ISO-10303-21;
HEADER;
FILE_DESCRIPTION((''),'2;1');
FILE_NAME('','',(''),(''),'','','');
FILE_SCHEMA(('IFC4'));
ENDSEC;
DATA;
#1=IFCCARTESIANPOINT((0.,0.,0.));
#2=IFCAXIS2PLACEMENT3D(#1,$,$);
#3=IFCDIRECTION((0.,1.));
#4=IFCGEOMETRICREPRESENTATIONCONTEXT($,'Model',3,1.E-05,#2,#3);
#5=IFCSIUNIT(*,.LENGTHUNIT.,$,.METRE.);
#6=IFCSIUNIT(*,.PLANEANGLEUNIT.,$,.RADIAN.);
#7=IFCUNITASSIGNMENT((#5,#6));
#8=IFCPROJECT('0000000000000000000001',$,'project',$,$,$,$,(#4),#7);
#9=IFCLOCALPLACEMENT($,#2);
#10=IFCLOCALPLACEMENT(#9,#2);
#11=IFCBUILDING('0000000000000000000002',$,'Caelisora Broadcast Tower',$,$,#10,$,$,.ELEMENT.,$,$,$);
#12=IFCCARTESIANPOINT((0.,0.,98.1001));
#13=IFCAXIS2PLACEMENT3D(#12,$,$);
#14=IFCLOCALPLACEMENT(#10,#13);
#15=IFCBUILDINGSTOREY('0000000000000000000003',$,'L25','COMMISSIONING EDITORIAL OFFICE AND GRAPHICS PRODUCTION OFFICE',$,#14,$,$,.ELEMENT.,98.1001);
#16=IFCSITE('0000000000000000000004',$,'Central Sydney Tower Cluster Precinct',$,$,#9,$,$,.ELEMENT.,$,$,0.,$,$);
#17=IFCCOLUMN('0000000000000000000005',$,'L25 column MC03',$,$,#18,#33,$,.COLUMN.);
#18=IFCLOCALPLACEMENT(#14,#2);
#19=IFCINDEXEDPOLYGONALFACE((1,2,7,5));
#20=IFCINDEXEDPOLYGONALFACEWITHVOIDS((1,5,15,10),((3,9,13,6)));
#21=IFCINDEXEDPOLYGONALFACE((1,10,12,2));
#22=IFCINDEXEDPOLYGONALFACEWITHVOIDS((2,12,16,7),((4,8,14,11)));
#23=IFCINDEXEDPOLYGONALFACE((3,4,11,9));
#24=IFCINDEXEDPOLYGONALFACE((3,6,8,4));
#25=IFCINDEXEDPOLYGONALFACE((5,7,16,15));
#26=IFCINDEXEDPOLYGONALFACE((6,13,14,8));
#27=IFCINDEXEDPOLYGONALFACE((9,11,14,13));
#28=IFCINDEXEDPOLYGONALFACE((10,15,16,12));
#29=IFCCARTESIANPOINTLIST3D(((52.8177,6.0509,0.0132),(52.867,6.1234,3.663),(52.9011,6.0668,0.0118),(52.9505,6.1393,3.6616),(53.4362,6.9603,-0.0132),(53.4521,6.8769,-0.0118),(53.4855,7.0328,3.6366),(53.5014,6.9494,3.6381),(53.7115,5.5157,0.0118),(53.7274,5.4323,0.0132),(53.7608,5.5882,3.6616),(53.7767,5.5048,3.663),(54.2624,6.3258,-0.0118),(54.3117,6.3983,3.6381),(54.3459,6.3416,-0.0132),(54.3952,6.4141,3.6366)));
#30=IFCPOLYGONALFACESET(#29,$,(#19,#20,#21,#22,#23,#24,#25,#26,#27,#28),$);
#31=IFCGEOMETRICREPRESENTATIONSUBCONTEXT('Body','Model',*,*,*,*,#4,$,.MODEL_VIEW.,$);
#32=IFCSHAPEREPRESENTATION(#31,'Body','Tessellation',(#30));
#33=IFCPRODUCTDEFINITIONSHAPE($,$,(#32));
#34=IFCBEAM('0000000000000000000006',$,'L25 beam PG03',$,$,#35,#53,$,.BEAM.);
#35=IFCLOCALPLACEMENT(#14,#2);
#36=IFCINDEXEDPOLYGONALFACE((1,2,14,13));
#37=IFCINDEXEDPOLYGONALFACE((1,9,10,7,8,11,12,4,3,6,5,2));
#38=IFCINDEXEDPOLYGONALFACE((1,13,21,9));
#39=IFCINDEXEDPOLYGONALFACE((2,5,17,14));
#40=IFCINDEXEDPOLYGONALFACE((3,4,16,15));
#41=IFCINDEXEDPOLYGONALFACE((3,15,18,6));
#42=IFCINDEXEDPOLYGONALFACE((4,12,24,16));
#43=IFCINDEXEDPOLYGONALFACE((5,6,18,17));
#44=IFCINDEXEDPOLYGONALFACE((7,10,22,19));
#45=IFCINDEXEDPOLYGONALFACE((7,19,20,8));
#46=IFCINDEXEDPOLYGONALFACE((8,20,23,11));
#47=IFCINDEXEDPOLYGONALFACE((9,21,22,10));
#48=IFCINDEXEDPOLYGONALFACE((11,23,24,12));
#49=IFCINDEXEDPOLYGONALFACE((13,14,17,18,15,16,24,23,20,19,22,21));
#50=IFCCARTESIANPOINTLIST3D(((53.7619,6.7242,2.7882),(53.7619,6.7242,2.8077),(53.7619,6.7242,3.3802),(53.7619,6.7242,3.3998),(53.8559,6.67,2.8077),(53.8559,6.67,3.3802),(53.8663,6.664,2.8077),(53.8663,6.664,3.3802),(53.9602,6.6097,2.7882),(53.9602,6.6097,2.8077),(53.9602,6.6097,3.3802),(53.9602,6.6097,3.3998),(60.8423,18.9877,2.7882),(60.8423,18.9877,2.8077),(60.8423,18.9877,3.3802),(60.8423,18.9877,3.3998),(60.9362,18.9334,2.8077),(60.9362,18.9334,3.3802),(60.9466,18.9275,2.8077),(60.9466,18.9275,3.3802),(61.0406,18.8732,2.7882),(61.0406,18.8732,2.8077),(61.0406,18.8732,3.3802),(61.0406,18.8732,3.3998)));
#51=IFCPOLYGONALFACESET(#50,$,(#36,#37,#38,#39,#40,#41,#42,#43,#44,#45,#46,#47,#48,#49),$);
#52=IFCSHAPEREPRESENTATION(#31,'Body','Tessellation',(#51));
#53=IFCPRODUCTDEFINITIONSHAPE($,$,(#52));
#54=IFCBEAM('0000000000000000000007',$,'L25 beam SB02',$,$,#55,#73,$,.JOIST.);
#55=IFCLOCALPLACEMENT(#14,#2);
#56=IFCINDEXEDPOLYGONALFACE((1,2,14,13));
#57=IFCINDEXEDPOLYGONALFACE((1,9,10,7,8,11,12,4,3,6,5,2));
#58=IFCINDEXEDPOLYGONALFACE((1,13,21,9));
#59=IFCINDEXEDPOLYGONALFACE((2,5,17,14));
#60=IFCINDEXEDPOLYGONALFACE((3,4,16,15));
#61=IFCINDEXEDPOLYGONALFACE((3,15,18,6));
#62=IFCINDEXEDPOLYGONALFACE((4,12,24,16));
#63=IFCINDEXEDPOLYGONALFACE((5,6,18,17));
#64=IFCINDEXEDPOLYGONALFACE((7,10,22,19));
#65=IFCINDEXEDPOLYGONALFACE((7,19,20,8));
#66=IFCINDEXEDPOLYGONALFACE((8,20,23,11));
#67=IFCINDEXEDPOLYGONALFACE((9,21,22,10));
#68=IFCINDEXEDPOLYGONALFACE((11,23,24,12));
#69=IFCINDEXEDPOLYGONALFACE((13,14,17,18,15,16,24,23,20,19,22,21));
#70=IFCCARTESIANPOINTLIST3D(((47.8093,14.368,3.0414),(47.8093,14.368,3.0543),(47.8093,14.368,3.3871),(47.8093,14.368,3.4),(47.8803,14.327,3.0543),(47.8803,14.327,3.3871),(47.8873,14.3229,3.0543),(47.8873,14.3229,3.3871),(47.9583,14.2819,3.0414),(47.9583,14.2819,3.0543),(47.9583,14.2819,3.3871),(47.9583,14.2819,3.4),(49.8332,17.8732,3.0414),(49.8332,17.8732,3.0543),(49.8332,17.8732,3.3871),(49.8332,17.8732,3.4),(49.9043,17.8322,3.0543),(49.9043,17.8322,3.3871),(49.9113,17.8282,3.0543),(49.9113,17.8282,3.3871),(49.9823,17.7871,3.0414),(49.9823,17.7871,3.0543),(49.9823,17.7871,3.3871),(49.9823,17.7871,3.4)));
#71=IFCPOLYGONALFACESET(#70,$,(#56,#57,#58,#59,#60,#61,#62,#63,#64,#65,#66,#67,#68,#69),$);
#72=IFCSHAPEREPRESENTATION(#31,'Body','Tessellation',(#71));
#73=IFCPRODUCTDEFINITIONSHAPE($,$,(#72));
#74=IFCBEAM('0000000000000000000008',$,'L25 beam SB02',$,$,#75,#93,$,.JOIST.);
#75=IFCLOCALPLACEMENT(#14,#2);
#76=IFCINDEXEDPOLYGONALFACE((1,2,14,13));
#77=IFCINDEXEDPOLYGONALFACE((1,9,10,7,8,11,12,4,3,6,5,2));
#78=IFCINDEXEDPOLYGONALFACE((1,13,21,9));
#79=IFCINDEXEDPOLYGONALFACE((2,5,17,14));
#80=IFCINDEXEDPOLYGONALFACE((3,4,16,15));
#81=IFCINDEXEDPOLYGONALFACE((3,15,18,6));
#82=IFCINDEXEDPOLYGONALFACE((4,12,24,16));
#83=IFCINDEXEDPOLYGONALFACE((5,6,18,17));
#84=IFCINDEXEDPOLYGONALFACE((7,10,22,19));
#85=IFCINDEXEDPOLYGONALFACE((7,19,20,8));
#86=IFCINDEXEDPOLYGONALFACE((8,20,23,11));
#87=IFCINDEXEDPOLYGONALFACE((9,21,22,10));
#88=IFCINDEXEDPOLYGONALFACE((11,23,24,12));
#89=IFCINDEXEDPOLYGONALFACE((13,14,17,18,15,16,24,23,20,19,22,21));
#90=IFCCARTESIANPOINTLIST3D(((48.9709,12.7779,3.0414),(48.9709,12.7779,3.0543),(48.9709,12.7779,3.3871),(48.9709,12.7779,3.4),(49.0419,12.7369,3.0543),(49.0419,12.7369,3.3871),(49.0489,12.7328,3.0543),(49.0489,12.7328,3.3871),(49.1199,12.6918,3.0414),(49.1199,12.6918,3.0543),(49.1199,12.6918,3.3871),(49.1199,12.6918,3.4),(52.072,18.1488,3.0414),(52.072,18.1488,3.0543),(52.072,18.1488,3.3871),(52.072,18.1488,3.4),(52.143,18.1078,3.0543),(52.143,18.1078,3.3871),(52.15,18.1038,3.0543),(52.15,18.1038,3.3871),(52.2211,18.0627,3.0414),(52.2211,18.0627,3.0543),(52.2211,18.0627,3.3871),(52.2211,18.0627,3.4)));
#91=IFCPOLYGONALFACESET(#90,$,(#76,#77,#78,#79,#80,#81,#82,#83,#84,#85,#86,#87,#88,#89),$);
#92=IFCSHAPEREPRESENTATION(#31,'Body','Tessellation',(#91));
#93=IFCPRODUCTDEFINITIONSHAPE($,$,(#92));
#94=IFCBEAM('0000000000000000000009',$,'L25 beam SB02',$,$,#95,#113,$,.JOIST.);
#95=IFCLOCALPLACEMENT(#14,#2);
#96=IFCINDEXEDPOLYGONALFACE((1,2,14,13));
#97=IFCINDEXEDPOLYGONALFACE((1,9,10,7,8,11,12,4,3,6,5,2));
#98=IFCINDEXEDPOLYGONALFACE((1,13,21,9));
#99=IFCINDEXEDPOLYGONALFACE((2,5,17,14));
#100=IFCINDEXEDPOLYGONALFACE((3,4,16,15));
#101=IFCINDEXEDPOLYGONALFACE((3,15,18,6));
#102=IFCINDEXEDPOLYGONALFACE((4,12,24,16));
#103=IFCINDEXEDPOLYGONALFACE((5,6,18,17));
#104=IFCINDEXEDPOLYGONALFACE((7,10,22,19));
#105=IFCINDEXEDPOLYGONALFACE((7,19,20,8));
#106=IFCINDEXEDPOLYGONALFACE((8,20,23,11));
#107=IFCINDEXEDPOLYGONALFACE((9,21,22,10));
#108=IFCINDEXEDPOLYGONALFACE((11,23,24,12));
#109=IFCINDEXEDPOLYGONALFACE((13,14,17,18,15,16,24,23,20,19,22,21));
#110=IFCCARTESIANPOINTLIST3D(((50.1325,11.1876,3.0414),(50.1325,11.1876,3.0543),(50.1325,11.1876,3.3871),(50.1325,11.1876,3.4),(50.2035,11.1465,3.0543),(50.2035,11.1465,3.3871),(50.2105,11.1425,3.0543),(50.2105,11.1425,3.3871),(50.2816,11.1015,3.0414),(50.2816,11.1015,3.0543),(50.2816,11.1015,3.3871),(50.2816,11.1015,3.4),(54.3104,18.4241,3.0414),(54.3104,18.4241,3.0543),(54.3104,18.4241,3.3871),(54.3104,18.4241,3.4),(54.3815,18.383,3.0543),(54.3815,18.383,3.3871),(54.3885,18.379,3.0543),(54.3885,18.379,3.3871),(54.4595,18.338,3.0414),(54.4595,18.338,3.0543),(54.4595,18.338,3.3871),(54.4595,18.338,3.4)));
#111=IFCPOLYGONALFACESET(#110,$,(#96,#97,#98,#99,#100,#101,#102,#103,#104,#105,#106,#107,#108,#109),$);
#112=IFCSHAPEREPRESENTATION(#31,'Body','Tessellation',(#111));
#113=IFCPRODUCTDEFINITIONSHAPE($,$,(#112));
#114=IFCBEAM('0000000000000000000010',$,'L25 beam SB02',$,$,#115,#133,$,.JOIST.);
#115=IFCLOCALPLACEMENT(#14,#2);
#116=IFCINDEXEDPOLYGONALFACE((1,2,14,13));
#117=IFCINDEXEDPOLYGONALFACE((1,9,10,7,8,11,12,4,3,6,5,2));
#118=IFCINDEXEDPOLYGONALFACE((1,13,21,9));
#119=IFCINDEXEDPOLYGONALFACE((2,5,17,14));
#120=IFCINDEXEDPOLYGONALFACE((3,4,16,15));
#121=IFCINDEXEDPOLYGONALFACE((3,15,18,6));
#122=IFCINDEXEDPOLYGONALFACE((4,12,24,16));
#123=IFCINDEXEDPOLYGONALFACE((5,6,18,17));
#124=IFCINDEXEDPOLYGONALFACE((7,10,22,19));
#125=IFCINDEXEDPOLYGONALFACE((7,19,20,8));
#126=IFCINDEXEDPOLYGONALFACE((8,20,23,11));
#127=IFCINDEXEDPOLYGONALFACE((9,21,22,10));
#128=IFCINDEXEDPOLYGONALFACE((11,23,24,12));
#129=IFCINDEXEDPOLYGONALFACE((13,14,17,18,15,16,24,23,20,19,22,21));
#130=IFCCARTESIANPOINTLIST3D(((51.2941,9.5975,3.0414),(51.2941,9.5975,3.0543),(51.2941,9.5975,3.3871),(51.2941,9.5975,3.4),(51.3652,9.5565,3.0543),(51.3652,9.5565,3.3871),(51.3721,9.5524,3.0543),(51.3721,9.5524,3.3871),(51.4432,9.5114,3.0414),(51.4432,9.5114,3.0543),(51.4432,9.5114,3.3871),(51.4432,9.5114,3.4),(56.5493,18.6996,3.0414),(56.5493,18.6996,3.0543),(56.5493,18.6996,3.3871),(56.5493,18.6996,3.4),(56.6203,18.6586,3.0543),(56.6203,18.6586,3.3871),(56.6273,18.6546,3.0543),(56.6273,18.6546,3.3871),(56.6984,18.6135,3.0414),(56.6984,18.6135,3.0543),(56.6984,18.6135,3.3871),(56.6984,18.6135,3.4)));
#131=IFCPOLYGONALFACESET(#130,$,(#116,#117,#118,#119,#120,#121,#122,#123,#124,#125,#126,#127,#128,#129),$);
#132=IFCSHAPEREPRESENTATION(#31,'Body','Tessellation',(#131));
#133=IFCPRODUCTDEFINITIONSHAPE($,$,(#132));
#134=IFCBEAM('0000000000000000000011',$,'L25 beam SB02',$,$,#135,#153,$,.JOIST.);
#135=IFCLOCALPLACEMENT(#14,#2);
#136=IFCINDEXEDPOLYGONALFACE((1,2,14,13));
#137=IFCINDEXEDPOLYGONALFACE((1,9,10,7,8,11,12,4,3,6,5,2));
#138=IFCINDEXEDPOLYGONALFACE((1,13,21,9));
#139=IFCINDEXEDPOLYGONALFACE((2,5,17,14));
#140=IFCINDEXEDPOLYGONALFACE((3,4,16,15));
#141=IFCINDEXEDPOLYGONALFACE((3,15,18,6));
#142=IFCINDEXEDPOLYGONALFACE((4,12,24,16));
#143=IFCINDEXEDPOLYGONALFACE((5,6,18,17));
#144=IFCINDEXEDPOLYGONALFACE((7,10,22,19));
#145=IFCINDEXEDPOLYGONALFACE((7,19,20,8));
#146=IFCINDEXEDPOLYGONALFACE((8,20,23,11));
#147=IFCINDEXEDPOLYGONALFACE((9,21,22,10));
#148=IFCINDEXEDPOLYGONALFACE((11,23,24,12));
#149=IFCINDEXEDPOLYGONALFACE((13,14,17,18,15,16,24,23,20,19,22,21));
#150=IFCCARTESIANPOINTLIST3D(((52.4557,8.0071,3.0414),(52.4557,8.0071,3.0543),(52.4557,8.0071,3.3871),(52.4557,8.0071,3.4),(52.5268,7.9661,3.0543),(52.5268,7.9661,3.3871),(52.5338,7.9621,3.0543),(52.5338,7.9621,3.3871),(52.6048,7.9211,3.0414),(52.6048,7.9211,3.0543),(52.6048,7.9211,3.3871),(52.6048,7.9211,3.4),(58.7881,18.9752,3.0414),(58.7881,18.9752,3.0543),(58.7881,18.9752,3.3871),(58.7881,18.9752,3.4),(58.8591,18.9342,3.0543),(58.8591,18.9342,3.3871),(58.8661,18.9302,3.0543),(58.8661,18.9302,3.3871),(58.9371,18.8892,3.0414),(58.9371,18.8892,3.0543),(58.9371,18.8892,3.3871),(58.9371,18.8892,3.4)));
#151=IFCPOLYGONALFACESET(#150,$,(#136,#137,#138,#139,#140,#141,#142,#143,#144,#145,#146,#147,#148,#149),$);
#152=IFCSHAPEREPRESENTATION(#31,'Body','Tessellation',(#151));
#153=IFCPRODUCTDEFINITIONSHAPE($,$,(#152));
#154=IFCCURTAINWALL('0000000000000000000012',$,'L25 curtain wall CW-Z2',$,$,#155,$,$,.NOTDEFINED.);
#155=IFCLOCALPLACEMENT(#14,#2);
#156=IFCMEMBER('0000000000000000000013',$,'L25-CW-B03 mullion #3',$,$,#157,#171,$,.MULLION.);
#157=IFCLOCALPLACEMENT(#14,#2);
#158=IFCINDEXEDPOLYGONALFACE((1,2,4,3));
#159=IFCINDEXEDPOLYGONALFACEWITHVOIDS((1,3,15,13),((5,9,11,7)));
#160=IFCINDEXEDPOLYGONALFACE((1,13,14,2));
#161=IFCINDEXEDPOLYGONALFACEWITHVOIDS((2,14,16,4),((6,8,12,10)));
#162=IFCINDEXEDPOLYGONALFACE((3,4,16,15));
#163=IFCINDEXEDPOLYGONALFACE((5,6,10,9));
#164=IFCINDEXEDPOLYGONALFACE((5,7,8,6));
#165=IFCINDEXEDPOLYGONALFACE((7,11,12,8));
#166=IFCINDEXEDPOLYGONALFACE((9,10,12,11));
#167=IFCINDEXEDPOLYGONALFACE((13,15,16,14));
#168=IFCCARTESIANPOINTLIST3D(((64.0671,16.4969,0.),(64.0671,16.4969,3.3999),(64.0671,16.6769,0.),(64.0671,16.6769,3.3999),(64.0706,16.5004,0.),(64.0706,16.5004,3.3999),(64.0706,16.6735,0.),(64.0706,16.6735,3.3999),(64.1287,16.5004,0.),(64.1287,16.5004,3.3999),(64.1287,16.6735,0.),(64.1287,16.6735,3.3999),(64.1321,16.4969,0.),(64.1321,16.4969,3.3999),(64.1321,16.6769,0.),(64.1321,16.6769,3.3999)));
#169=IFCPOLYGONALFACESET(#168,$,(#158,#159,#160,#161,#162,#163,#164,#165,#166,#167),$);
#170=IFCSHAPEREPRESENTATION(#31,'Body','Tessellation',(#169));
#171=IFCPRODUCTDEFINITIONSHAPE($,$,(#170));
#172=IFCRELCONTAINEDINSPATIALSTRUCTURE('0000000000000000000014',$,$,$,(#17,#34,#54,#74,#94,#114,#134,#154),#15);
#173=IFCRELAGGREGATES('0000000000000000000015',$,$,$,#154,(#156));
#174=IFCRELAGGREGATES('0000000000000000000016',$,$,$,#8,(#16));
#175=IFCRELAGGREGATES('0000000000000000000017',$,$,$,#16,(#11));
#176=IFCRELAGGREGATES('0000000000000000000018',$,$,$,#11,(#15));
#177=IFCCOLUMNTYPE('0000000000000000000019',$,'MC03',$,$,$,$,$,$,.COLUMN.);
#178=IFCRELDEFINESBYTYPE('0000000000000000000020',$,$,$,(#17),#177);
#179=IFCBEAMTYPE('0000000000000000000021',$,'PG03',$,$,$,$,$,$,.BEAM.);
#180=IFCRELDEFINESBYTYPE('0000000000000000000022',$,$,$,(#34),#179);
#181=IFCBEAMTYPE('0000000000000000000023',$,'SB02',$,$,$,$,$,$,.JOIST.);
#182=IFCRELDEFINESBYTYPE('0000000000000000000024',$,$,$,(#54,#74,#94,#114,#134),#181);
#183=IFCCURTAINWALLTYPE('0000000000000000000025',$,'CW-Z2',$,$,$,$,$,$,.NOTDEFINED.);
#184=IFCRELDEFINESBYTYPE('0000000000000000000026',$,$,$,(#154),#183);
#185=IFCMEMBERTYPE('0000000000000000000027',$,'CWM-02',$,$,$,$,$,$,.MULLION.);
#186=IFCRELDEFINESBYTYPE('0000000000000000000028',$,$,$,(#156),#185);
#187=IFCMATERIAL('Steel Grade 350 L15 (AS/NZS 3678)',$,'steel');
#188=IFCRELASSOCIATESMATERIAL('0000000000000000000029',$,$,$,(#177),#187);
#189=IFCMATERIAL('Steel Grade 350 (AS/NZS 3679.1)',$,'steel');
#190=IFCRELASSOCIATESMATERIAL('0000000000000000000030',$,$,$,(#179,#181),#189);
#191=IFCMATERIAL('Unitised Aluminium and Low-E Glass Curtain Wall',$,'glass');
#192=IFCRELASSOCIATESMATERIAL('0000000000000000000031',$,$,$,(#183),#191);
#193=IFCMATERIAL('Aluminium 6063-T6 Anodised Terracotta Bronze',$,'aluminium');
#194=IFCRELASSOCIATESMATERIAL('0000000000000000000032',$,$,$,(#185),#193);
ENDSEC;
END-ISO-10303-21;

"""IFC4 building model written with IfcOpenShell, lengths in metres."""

from ifc_helpers import new_model, si_unit, direction, frame, origin, origin_2d, place, context, subcontext, project, spatial, hollow_rectangle, i_section, extrude, source, transform, mapped, material, material_profile, profile_set, type_object, type_shapes, element, aggregate, save


model = new_model("IFC4")

# Units and contexts
model_context = context("Model", 3, precision=1e-05, world=origin(), true_north=direction((0.0, 1.0)))
body_context = subcontext(model_context, "Body", "Model", "MODEL_VIEW")
ifc_project = project(units=[si_unit("LENGTHUNIT", "METRE"), si_unit("PLANEANGLEUNIT", "RADIAN")], contexts=[model_context])

# Site, building, storey
site_placement = place(None, origin())
site = spatial("IfcSite", under=ifc_project, at=site_placement, Name="Central Sydney Tower Cluster Precinct", CompositionType="ELEMENT", RefElevation=0.0)
building_placement = place(site_placement, origin())
building = spatial("IfcBuilding", under=site, at=building_placement, Name="Caelisora Broadcast Tower", CompositionType="ELEMENT")
storey_placement = place(building_placement, frame((0.0, 0.0, 98.1001)))
storey = spatial("IfcBuildingStorey", under=building, at=storey_placement, Name="L25", Description="COMMISSIONING EDITORIAL OFFICE AND GRAPHICS PRODUCTION OFFICE", CompositionType="ELEMENT", Elevation=98.1001)

# Column
ifc_material_1 = material(Name="Steel Grade 350 L15 (AS/NZS 3678)", Category="steel")
ifc_material_profile_1 = material_profile(ifc_material_1, hollow_rectangle(XDim=1.1001, YDim=1.1001, WallThickness=0.0601, at=origin_2d()), Name="Steel Grade 350 L15 (AS/NZS 3678)")
ifc_profile_set_1 = profile_set([ifc_material_profile_1], Name="Steel Grade 350 L15 (AS/NZS 3678)")
column_type = type_object("IfcColumnType", Name="MC03", PredefinedType="COLUMN", material=ifc_profile_set_1)
shared_shape_1 = source(origin(), body_context, "Body", "SweptSolid", [
    extrude(hollow_rectangle(XDim=1.1001, YDim=1.1001, WallThickness=0.0601, at=origin_2d()), origin(), (0.0, 0.0, 1.0), 3.6509),
])
type_shapes(column_type, [shared_shape_1])
column_placement = place(storey_placement, frame((53.5818, 6.1963, 0.0), z_axis=(0.013508, 0.01986, 0.999712), x_axis=(-0.826875, 0.562386, 0.0)))
element("IfcColumn", 1, at=column_placement, inside=storey, type_object=column_type, Name="L25 column MC03", PredefinedType="COLUMN", context=body_context, shape_type="MappedRepresentation", body=[
    mapped(shared_shape_1, transform((0.0, 0.0, 0.0), scale=1.0)),
])

# Beams
ifc_material_2 = material(Name="Steel Grade 350 (AS/NZS 3679.1)", Category="steel")
ifc_material_profile_2 = material_profile(ifc_material_2, i_section(OverallWidth=0.229, OverallDepth=0.6116, WebThickness=0.012, FlangeThickness=0.0195, at=origin_2d()), Name="Steel Grade 350 (AS/NZS 3679.1)")
ifc_profile_set_2 = profile_set([ifc_material_profile_2], Name="Steel Grade 350 (AS/NZS 3679.1)")
beam_type_1 = type_object("IfcBeamType", Name="PG03", PredefinedType="BEAM", material=ifc_profile_set_2)
shared_shape_2 = source(origin(), body_context, "Body", "SweptSolid", [
    extrude(i_section(OverallWidth=0.229, OverallDepth=0.6116, WebThickness=0.012, FlangeThickness=0.0195, at=origin_2d()), origin(), (0.0, 0.0, 1.0), 14.1606),
])
type_shapes(beam_type_1, [shared_shape_2])
beam_1_placement = place(storey_placement, frame((53.8611, 6.667, 3.094), z_axis=(0.500002, 0.866025, 0.0), x_axis=(-0.866025, 0.500002, 0.0)))
element("IfcBeam", 2, at=beam_1_placement, inside=storey, type_object=beam_type_1, Name="L25 beam PG03", PredefinedType="BEAM", context=body_context, shape_type="MappedRepresentation", body=[
    mapped(shared_shape_2, transform((0.0, 0.0, 0.0), scale=1.0)),
])
ifc_material_profile_3 = material_profile(ifc_material_2, i_section(OverallWidth=0.1721, OverallDepth=0.3586, WebThickness=0.0081, FlangeThickness=0.0129, at=origin_2d()), Name="Steel Grade 350 (AS/NZS 3679.1)")
ifc_profile_set_3 = profile_set([ifc_material_profile_3], Name="Steel Grade 350 (AS/NZS 3679.1)")
beam_type_2 = type_object("IfcBeamType", Name="SB02", PredefinedType="JOIST", material=ifc_profile_set_3)
shared_shape_3 = source(origin(), body_context, "Body", "SweptSolid", [
    extrude(i_section(OverallWidth=0.1721, OverallDepth=0.3586, WebThickness=0.0081, FlangeThickness=0.0129, at=origin_2d()), origin(), (0.0, 0.0, 1.0), 4.0476),
])
beam_2_placement = place(storey_placement, frame((47.8838, 14.325, 3.2207), z_axis=(0.500044, 0.866, 0.0), x_axis=(-0.866, 0.500044, 0.0)))
element("IfcBeam", 3, at=beam_2_placement, inside=storey, type_object=beam_type_2, Name="L25 beam SB02", PredefinedType="JOIST", context=body_context, shape_type="MappedRepresentation", body=[
    mapped(shared_shape_3, transform((0.0, 0.0, 0.0), scale=1.0)),
])
shared_shape_4 = source(origin(), body_context, "Body", "SweptSolid", [
    extrude(i_section(OverallWidth=0.1721, OverallDepth=0.3586, WebThickness=0.0081, FlangeThickness=0.0129, at=origin_2d()), origin(), (0.0, 0.0, 1.0), 6.2019),
])
beam_3_placement = place(storey_placement, frame((49.0454, 12.7349, 3.2207), z_axis=(0.500026, 0.866011, 0.0), x_axis=(-0.866011, 0.500026, 0.0)))
element("IfcBeam", 4, at=beam_3_placement, inside=storey, type_object=beam_type_2, Name="L25 beam SB02", PredefinedType="JOIST", context=body_context, shape_type="MappedRepresentation", body=[
    mapped(shared_shape_4, transform((0.0, 0.0, 0.0), scale=1.0)),
])
shared_shape_5 = source(origin(), body_context, "Body", "SweptSolid", [
    extrude(i_section(OverallWidth=0.1721, OverallDepth=0.3586, WebThickness=0.0081, FlangeThickness=0.0129, at=origin_2d()), origin(), (0.0, 0.0, 1.0), 8.356),
])
beam_4_placement = place(storey_placement, frame((50.207, 11.1445, 3.2207), z_axis=(0.499995, 0.866028, 0.0), x_axis=(-0.866028, 0.499995, 0.0)))
element("IfcBeam", 5, at=beam_4_placement, inside=storey, type_object=beam_type_2, Name="L25 beam SB02", PredefinedType="JOIST", context=body_context, shape_type="MappedRepresentation", body=[
    mapped(shared_shape_5, transform((0.0, 0.0, 0.0), scale=1.0)),
])
shared_shape_6 = source(origin(), body_context, "Body", "SweptSolid", [
    extrude(i_section(OverallWidth=0.1721, OverallDepth=0.3586, WebThickness=0.0081, FlangeThickness=0.0129, at=origin_2d()), origin(), (0.0, 0.0, 1.0), 10.5103),
])
beam_5_placement = place(storey_placement, frame((51.3687, 9.5544, 3.2207), z_axis=(0.500004, 0.866023, 0.0), x_axis=(-0.866023, 0.500004, 0.0)))
element("IfcBeam", 6, at=beam_5_placement, inside=storey, type_object=beam_type_2, Name="L25 beam SB02", PredefinedType="JOIST", context=body_context, shape_type="MappedRepresentation", body=[
    mapped(shared_shape_6, transform((0.0, 0.0, 0.0), scale=1.0)),
])
shared_shape_7 = source(origin(), body_context, "Body", "SweptSolid", [
    extrude(i_section(OverallWidth=0.1721, OverallDepth=0.3586, WebThickness=0.0081, FlangeThickness=0.0129, at=origin_2d()), origin(), (0.0, 0.0, 1.0), 12.6648),
])
type_shapes(beam_type_2, [shared_shape_3, shared_shape_4, shared_shape_5, shared_shape_6, shared_shape_7])
beam_6_placement = place(storey_placement, frame((52.5303, 7.9641, 3.2207), z_axis=(0.499993, 0.866029, 0.0), x_axis=(-0.866029, 0.499993, 0.0)))
element("IfcBeam", 7, at=beam_6_placement, inside=storey, type_object=beam_type_2, Name="L25 beam SB02", PredefinedType="JOIST", context=body_context, shape_type="MappedRepresentation", body=[
    mapped(shared_shape_7, transform((0.0, 0.0, 0.0), scale=1.0)),
])

# Curtain wall, member
ifc_material_3 = material(Name="Unitised Aluminium and Low-E Glass Curtain Wall", Category="glass")
curtain_wall_type = type_object("IfcCurtainWallType", Name="CW-Z2", PredefinedType="NOTDEFINED", material=ifc_material_3)
curtain_wall_1_placement = place(storey_placement, origin())
curtain_wall_1 = element("IfcCurtainWall", 8, at=curtain_wall_1_placement, inside=storey, type_object=curtain_wall_type, Name="L25 curtain wall CW-Z2", PredefinedType="NOTDEFINED")
ifc_material_4 = material(Name="Aluminium 6063-T6 Anodised Terracotta Bronze", Category="aluminium")
ifc_material_profile_4 = material_profile(ifc_material_4, hollow_rectangle(XDim=0.0649, YDim=0.1799, WallThickness=0.0034, at=origin_2d()), Name="Aluminium 6063-T6 Anodised Terracotta Bronze")
ifc_profile_set_4 = profile_set([ifc_material_profile_4], Name="Aluminium 6063-T6 Anodised Terracotta Bronze")
member_type_1 = type_object("IfcMemberType", Name="CWM-02", PredefinedType="MULLION", material=ifc_profile_set_4)
shared_shape_8 = source(origin(), body_context, "Body", "SweptSolid", [
    extrude(hollow_rectangle(XDim=0.0649, YDim=0.1799, WallThickness=0.0034, at=origin_2d()), origin(), (0.0, 0.0, 1.0), 3.3999),
])
type_shapes(member_type_1, [shared_shape_8])
member_1_placement = place(storey_placement, frame((64.0996, 16.5869, 0.0), z_axis=(0.0, 0.0, 1.0), x_axis=(1.0, 0.0, 0.0)))
member_1 = element("IfcMember", 9, at=member_1_placement, type_object=member_type_1, Name="L25-CW-B03 mullion #3", PredefinedType="MULLION", context=body_context, shape_type="MappedRepresentation", body=[
    mapped(shared_shape_8, transform((0.0, 0.0, 0.0), scale=1.0)),
])
aggregate(curtain_wall_1, [member_1])

save(model, "model.ifc")
